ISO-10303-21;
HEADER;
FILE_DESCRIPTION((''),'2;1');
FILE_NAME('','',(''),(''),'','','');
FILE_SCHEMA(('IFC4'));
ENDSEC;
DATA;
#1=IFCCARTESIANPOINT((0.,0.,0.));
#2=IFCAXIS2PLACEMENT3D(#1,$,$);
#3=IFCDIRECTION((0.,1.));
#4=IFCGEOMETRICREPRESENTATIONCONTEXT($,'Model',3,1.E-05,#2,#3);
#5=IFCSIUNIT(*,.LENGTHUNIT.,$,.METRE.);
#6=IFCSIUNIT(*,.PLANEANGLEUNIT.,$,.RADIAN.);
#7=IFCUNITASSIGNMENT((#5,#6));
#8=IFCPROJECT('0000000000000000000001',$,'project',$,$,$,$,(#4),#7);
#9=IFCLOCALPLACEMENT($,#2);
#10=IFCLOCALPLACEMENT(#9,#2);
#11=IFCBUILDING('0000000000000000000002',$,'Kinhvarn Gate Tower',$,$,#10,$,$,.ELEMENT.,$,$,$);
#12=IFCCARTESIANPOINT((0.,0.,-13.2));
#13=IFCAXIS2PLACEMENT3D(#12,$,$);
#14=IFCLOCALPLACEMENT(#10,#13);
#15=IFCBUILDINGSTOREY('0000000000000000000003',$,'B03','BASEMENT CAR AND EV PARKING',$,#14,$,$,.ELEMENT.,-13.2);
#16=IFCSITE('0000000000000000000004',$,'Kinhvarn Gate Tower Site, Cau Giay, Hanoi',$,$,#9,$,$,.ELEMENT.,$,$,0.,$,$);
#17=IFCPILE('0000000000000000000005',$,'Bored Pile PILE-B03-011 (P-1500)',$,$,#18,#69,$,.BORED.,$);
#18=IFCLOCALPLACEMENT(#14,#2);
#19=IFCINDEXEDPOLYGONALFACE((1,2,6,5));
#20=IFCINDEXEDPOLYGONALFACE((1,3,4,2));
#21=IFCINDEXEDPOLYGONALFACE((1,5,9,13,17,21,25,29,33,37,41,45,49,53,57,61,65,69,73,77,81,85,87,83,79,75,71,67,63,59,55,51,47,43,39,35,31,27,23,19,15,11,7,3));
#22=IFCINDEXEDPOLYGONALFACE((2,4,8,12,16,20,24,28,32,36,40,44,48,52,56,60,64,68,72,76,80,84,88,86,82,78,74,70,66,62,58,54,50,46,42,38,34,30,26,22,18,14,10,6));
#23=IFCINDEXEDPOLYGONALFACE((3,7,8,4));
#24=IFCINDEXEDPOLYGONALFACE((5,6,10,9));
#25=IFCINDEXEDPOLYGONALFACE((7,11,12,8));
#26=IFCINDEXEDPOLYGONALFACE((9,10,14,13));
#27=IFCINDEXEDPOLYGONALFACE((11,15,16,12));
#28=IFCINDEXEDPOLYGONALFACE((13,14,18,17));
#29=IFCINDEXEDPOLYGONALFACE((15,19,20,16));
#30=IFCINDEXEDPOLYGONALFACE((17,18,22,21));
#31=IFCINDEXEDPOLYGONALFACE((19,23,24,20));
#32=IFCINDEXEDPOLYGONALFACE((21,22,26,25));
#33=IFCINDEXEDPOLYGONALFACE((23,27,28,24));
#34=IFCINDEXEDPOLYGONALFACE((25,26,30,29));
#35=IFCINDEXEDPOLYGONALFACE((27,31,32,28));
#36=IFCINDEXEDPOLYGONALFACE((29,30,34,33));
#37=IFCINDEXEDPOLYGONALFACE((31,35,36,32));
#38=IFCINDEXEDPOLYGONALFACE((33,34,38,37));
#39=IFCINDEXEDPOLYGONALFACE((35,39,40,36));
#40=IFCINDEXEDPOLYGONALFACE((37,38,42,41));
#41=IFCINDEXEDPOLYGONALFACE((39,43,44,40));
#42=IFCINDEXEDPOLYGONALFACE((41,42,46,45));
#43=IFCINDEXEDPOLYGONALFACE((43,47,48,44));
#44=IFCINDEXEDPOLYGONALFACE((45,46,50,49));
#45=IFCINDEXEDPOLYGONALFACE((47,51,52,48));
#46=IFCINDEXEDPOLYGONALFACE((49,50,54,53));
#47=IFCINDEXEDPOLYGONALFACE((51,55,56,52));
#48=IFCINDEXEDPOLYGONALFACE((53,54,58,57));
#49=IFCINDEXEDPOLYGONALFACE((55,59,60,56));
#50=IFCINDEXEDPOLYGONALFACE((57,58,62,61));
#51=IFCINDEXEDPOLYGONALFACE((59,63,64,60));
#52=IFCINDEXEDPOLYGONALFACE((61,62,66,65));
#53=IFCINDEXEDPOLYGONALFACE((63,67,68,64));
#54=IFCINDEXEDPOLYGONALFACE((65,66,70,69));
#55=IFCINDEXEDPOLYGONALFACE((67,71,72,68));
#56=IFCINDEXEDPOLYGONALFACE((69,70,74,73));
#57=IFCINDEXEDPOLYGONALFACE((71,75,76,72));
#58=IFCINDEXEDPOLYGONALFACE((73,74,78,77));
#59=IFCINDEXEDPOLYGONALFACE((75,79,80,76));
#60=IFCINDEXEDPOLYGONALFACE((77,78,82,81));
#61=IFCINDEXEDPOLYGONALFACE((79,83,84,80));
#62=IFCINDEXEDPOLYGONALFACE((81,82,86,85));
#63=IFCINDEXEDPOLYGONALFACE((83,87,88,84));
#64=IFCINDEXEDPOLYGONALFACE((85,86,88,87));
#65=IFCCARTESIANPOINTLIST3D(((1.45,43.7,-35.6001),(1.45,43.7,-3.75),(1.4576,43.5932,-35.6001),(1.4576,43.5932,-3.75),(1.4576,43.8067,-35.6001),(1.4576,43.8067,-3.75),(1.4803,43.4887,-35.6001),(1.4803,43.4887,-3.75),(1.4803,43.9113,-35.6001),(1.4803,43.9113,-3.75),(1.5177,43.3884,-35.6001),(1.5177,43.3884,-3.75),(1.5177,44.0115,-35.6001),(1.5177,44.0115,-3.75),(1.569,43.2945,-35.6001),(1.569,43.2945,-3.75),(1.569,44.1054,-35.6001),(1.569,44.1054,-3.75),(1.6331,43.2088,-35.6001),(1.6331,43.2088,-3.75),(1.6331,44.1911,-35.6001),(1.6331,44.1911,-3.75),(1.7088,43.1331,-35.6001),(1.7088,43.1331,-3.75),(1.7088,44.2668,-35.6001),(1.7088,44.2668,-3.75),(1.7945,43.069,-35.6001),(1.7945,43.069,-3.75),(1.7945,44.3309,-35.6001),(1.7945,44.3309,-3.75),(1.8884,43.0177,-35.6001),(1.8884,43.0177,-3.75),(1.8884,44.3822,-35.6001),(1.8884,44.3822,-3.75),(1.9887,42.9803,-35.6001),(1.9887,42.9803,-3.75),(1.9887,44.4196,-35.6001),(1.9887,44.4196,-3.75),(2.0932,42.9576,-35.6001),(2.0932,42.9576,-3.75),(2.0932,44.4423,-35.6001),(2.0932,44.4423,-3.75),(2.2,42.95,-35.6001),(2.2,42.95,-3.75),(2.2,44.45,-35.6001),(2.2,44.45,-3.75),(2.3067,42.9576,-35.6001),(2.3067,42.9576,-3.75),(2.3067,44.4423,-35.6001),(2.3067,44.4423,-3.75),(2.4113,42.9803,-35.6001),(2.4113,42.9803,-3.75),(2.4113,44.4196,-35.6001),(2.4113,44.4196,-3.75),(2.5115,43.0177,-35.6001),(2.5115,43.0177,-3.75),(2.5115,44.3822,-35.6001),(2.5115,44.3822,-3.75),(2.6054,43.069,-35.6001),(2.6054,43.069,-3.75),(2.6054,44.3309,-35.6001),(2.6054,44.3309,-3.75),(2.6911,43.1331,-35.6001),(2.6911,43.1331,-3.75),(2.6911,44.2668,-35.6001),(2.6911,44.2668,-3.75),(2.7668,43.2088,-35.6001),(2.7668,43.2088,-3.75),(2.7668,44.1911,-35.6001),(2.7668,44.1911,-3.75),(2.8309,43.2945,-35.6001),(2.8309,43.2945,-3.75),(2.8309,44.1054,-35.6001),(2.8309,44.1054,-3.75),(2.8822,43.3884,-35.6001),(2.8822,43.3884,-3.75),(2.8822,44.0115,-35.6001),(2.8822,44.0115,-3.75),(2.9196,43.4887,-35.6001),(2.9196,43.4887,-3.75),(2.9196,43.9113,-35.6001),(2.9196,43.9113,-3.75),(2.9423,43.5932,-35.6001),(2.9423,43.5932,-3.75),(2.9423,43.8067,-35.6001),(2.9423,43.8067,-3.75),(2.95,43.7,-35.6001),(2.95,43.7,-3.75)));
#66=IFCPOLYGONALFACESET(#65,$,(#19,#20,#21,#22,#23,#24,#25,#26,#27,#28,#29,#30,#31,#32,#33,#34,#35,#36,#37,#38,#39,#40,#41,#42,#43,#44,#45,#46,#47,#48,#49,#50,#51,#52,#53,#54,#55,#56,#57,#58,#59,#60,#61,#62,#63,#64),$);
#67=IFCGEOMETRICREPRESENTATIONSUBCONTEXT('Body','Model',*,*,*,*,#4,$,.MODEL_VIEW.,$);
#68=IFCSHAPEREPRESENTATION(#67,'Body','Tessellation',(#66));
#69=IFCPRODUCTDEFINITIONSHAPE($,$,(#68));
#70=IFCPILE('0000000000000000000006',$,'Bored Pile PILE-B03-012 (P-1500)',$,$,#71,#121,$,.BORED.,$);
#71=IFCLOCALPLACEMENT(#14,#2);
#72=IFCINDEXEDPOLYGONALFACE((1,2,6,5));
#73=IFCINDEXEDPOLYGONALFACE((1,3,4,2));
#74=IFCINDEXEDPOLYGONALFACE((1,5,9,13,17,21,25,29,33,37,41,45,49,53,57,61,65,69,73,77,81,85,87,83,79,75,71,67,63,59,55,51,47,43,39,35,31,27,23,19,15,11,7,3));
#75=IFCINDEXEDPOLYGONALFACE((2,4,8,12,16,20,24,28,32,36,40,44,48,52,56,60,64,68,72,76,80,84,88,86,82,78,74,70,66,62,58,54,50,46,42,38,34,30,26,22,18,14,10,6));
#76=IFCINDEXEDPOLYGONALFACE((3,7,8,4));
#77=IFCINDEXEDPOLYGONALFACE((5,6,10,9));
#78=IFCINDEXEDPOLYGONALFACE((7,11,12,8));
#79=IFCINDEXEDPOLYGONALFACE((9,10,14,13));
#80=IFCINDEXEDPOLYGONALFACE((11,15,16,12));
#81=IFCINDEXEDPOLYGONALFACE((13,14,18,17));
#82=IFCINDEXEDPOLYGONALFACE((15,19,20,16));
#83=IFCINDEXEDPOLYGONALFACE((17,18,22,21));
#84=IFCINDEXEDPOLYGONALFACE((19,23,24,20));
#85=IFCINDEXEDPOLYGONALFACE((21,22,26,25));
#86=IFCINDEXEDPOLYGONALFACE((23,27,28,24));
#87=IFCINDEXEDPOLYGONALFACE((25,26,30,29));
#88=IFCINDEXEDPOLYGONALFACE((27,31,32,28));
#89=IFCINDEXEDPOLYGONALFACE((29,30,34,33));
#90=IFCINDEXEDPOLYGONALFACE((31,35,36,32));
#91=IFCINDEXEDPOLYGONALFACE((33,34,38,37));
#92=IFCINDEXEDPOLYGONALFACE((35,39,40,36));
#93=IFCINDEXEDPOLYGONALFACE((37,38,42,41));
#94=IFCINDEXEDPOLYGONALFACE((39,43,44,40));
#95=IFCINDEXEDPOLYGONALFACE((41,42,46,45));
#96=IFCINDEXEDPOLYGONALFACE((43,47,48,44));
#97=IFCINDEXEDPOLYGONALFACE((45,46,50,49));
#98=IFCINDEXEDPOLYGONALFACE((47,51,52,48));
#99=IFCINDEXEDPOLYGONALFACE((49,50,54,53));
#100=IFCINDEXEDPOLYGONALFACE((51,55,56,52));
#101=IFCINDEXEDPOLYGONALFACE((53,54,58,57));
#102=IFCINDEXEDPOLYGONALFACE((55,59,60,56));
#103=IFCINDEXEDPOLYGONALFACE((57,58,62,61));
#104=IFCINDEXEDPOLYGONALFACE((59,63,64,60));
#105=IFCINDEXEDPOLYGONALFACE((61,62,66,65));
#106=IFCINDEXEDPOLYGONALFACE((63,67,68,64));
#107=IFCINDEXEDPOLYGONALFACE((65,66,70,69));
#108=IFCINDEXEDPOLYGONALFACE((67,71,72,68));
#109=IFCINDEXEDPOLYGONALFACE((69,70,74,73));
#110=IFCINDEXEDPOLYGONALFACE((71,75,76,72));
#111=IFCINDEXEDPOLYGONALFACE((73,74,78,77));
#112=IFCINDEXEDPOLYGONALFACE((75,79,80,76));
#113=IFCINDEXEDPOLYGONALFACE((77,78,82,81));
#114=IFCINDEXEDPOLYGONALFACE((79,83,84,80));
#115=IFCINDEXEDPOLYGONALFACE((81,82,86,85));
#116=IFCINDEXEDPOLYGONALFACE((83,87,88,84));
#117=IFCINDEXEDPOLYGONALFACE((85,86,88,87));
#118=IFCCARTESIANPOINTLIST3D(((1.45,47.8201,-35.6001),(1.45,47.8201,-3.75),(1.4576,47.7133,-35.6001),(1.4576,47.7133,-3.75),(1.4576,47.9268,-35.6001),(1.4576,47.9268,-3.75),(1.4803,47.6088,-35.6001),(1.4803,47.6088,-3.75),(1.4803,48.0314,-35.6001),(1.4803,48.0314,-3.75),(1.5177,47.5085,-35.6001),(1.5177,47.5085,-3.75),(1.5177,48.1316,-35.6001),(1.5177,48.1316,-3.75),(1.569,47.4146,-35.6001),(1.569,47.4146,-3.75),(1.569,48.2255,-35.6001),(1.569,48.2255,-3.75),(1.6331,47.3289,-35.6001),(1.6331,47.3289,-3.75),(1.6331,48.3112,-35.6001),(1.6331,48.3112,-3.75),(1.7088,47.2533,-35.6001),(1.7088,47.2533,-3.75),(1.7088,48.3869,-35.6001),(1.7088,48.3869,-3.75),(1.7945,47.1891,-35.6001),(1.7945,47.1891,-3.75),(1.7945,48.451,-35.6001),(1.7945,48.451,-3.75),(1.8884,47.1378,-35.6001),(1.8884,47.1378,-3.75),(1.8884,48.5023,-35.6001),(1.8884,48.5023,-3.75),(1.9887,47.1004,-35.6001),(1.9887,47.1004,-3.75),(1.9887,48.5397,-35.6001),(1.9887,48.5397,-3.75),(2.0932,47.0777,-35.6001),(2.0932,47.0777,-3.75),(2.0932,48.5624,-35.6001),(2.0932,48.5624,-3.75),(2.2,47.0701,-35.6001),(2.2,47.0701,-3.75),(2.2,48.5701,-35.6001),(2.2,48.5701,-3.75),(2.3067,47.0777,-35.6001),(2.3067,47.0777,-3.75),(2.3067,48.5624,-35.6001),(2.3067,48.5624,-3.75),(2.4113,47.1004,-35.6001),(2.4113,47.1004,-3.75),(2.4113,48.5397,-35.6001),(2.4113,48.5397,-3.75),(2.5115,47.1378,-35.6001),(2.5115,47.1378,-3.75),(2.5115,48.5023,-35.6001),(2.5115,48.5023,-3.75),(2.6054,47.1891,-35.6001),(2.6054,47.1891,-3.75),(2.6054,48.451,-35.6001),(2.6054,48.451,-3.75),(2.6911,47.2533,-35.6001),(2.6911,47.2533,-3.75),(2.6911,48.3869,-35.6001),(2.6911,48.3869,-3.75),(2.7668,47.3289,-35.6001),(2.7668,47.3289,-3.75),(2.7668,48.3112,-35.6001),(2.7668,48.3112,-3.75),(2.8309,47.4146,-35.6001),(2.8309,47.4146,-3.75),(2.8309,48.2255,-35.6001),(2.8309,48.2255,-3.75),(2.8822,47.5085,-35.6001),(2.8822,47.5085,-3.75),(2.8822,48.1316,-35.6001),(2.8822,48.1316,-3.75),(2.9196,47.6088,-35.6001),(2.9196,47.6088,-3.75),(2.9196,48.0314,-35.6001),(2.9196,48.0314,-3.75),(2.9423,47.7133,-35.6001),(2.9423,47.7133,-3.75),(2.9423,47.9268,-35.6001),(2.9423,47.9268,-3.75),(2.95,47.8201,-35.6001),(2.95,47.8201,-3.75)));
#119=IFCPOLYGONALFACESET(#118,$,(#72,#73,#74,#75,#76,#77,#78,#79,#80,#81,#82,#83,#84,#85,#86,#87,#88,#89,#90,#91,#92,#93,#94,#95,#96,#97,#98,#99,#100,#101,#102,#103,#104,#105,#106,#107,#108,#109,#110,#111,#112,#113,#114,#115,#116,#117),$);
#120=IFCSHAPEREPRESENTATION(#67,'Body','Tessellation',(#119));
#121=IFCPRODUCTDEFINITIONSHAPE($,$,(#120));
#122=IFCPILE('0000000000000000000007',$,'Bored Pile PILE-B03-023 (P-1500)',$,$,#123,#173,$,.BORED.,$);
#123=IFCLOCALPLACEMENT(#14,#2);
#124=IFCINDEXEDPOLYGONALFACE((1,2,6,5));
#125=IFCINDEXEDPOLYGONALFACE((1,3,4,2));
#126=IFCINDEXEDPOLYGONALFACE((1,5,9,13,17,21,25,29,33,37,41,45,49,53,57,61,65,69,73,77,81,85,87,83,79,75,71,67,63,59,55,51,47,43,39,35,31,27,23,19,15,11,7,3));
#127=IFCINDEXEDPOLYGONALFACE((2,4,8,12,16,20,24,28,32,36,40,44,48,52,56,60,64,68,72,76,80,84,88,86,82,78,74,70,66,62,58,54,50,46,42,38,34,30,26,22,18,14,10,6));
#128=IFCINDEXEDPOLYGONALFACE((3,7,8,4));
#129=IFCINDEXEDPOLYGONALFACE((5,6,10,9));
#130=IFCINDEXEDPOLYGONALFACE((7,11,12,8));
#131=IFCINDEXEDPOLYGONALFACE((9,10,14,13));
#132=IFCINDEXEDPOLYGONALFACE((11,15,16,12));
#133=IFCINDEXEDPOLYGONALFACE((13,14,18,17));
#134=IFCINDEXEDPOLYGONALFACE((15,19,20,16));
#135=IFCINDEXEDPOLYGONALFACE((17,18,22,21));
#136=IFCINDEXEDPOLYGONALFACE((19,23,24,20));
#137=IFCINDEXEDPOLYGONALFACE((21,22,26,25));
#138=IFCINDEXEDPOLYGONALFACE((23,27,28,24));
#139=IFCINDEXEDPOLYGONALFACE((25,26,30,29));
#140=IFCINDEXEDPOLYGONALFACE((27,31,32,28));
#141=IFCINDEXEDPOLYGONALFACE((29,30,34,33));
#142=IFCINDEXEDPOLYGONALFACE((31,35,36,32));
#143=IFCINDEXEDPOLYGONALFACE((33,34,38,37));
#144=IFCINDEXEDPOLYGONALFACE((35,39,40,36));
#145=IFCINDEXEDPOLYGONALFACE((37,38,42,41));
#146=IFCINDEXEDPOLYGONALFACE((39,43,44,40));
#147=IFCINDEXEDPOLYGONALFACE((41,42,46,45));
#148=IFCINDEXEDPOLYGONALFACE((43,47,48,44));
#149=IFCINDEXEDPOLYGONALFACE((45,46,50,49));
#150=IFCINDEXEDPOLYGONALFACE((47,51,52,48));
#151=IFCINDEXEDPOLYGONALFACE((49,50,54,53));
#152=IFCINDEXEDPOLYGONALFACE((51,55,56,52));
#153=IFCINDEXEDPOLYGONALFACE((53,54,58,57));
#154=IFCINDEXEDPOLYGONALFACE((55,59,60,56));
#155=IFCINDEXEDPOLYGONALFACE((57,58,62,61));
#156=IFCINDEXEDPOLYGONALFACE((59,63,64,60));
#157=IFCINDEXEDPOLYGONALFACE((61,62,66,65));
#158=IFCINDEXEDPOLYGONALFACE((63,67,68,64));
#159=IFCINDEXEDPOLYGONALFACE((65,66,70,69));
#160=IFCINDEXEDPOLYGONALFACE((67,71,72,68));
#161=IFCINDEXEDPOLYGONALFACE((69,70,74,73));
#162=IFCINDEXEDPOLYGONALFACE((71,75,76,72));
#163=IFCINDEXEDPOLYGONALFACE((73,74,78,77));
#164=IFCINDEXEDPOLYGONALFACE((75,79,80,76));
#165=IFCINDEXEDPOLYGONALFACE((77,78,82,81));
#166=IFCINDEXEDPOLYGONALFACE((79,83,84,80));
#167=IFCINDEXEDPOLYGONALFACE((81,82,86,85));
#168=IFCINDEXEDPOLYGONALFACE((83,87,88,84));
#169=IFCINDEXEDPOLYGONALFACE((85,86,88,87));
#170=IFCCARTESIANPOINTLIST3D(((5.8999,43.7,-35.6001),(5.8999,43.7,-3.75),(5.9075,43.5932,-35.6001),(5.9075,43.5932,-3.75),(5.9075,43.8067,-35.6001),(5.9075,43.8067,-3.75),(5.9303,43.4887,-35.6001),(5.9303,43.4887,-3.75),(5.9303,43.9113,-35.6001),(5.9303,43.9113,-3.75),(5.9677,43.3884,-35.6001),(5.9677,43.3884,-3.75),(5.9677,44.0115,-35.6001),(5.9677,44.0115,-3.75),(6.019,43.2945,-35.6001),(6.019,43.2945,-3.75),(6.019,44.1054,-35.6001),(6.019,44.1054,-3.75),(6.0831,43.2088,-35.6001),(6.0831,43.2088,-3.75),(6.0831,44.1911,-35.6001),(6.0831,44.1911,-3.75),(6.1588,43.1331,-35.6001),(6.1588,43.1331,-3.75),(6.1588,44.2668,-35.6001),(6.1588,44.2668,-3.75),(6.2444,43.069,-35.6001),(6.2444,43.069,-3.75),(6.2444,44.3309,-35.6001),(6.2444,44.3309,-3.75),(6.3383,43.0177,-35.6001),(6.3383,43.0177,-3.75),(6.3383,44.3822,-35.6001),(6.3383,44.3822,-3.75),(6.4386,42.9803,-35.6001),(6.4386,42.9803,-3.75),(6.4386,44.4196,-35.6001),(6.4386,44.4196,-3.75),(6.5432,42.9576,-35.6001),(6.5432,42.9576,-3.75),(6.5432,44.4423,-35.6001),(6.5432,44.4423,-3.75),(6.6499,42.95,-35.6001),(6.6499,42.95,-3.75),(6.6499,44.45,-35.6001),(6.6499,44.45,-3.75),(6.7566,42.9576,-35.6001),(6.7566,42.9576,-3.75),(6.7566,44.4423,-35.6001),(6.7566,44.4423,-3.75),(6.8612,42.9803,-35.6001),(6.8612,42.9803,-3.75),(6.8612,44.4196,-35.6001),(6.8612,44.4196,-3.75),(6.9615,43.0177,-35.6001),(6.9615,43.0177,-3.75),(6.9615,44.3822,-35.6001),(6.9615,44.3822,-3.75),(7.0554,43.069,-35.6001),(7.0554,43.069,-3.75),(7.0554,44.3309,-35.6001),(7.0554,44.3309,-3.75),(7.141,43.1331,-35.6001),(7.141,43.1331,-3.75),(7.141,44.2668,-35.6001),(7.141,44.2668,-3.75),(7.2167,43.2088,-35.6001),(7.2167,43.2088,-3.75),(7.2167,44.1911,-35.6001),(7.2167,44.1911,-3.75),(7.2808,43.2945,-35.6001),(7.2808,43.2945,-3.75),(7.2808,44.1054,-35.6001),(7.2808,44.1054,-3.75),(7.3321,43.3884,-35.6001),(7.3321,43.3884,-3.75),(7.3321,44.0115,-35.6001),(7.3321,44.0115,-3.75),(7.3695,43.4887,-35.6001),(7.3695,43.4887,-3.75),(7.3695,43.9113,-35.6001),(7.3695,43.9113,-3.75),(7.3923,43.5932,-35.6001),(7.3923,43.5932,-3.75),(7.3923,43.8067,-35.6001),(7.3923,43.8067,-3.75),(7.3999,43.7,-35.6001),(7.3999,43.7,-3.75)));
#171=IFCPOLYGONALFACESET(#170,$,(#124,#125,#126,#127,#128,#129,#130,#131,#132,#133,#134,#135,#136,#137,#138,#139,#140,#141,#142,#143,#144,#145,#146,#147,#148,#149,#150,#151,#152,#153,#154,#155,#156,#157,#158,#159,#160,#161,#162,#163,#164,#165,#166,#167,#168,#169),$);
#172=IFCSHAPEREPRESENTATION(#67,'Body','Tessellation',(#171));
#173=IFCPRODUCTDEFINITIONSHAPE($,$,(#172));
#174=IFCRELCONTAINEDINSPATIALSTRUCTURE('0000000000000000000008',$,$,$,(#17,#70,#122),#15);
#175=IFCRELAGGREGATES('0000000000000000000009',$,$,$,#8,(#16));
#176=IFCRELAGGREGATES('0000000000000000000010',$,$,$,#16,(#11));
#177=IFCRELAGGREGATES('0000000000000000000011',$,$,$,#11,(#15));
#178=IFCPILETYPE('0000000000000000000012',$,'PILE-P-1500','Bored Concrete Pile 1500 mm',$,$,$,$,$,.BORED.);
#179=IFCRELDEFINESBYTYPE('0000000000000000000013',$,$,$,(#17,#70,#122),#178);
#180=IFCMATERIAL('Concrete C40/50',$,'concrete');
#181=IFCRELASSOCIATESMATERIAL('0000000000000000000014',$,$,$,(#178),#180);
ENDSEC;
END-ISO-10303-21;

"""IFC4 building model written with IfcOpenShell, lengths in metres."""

from ifc_helpers import new_model, si_unit, direction, frame, origin, origin_2d, place, context, subcontext, project, spatial, circle, extrude, material, material_profile, profile_set, type_object, element, save


model = new_model("IFC4")

# Units and contexts
model_context = context("Model", 3, precision=1e-05, world=origin(), true_north=direction((0.0, 1.0)))
body_context = subcontext(model_context, "Body", "Model", "MODEL_VIEW")
ifc_project = project(units=[si_unit("LENGTHUNIT", "METRE"), si_unit("PLANEANGLEUNIT", "RADIAN")], contexts=[model_context])

# Site, building, storey
site_placement = place(None, origin())
site = spatial("IfcSite", under=ifc_project, at=site_placement, Name="Kinhvarn Gate Tower Site, Cau Giay, Hanoi", CompositionType="ELEMENT", RefElevation=0.0)
building_placement = place(site_placement, origin())
building = spatial("IfcBuilding", under=site, at=building_placement, Name="Kinhvarn Gate Tower", CompositionType="ELEMENT")
storey_placement = place(building_placement, frame((0.0, 0.0, -13.2)))
storey = spatial("IfcBuildingStorey", under=building, at=storey_placement, Name="B03", Description="BASEMENT CAR AND EV PARKING", CompositionType="ELEMENT", Elevation=-13.2)

# Piles
ifc_material_1 = material(Name="Concrete C40/50", Category="concrete")
ifc_material_profile_1 = material_profile(ifc_material_1, circle(Radius=0.75, at=origin_2d()), Name="PILE D1500")
ifc_profile_set_1 = profile_set([ifc_material_profile_1], Name="Concrete C40/50")
pile_type = type_object("IfcPileType", Name="PILE-P-1500", Description="Bored Concrete Pile 1500 mm", PredefinedType="BORED", material=ifc_profile_set_1)
for number, where, z_axis, x_axis, name in (
    (1, (2.2, 43.7, -35.6001), (0.0, 0.0, 1.0), (1.0, 0.0, 0.0), "Bored Pile PILE-B03-011 (P-1500)"),
    (2, (2.2, 47.8201, -35.6001), (0.0, 0.0, 1.0), (1.0, 0.0, 0.0), "Bored Pile PILE-B03-012 (P-1500)"),
    (3, (6.6499, 43.7, -35.6001), (0.0, 0.0, 1.0), (1.0, 0.0, 0.0), "Bored Pile PILE-B03-023 (P-1500)"),
):
    element("IfcPile", number, at=place(storey_placement, frame(where, z_axis=z_axis, x_axis=x_axis)), inside=storey, type_object=pile_type, Name=name, PredefinedType="BORED", context=body_context, shape_type="SweptSolid", body=[
        extrude(circle(Radius=0.75, at=origin_2d()), origin(), (0.0, 0.0, 1.0), 31.8501),
    ])

save(model, "model.ifc")
